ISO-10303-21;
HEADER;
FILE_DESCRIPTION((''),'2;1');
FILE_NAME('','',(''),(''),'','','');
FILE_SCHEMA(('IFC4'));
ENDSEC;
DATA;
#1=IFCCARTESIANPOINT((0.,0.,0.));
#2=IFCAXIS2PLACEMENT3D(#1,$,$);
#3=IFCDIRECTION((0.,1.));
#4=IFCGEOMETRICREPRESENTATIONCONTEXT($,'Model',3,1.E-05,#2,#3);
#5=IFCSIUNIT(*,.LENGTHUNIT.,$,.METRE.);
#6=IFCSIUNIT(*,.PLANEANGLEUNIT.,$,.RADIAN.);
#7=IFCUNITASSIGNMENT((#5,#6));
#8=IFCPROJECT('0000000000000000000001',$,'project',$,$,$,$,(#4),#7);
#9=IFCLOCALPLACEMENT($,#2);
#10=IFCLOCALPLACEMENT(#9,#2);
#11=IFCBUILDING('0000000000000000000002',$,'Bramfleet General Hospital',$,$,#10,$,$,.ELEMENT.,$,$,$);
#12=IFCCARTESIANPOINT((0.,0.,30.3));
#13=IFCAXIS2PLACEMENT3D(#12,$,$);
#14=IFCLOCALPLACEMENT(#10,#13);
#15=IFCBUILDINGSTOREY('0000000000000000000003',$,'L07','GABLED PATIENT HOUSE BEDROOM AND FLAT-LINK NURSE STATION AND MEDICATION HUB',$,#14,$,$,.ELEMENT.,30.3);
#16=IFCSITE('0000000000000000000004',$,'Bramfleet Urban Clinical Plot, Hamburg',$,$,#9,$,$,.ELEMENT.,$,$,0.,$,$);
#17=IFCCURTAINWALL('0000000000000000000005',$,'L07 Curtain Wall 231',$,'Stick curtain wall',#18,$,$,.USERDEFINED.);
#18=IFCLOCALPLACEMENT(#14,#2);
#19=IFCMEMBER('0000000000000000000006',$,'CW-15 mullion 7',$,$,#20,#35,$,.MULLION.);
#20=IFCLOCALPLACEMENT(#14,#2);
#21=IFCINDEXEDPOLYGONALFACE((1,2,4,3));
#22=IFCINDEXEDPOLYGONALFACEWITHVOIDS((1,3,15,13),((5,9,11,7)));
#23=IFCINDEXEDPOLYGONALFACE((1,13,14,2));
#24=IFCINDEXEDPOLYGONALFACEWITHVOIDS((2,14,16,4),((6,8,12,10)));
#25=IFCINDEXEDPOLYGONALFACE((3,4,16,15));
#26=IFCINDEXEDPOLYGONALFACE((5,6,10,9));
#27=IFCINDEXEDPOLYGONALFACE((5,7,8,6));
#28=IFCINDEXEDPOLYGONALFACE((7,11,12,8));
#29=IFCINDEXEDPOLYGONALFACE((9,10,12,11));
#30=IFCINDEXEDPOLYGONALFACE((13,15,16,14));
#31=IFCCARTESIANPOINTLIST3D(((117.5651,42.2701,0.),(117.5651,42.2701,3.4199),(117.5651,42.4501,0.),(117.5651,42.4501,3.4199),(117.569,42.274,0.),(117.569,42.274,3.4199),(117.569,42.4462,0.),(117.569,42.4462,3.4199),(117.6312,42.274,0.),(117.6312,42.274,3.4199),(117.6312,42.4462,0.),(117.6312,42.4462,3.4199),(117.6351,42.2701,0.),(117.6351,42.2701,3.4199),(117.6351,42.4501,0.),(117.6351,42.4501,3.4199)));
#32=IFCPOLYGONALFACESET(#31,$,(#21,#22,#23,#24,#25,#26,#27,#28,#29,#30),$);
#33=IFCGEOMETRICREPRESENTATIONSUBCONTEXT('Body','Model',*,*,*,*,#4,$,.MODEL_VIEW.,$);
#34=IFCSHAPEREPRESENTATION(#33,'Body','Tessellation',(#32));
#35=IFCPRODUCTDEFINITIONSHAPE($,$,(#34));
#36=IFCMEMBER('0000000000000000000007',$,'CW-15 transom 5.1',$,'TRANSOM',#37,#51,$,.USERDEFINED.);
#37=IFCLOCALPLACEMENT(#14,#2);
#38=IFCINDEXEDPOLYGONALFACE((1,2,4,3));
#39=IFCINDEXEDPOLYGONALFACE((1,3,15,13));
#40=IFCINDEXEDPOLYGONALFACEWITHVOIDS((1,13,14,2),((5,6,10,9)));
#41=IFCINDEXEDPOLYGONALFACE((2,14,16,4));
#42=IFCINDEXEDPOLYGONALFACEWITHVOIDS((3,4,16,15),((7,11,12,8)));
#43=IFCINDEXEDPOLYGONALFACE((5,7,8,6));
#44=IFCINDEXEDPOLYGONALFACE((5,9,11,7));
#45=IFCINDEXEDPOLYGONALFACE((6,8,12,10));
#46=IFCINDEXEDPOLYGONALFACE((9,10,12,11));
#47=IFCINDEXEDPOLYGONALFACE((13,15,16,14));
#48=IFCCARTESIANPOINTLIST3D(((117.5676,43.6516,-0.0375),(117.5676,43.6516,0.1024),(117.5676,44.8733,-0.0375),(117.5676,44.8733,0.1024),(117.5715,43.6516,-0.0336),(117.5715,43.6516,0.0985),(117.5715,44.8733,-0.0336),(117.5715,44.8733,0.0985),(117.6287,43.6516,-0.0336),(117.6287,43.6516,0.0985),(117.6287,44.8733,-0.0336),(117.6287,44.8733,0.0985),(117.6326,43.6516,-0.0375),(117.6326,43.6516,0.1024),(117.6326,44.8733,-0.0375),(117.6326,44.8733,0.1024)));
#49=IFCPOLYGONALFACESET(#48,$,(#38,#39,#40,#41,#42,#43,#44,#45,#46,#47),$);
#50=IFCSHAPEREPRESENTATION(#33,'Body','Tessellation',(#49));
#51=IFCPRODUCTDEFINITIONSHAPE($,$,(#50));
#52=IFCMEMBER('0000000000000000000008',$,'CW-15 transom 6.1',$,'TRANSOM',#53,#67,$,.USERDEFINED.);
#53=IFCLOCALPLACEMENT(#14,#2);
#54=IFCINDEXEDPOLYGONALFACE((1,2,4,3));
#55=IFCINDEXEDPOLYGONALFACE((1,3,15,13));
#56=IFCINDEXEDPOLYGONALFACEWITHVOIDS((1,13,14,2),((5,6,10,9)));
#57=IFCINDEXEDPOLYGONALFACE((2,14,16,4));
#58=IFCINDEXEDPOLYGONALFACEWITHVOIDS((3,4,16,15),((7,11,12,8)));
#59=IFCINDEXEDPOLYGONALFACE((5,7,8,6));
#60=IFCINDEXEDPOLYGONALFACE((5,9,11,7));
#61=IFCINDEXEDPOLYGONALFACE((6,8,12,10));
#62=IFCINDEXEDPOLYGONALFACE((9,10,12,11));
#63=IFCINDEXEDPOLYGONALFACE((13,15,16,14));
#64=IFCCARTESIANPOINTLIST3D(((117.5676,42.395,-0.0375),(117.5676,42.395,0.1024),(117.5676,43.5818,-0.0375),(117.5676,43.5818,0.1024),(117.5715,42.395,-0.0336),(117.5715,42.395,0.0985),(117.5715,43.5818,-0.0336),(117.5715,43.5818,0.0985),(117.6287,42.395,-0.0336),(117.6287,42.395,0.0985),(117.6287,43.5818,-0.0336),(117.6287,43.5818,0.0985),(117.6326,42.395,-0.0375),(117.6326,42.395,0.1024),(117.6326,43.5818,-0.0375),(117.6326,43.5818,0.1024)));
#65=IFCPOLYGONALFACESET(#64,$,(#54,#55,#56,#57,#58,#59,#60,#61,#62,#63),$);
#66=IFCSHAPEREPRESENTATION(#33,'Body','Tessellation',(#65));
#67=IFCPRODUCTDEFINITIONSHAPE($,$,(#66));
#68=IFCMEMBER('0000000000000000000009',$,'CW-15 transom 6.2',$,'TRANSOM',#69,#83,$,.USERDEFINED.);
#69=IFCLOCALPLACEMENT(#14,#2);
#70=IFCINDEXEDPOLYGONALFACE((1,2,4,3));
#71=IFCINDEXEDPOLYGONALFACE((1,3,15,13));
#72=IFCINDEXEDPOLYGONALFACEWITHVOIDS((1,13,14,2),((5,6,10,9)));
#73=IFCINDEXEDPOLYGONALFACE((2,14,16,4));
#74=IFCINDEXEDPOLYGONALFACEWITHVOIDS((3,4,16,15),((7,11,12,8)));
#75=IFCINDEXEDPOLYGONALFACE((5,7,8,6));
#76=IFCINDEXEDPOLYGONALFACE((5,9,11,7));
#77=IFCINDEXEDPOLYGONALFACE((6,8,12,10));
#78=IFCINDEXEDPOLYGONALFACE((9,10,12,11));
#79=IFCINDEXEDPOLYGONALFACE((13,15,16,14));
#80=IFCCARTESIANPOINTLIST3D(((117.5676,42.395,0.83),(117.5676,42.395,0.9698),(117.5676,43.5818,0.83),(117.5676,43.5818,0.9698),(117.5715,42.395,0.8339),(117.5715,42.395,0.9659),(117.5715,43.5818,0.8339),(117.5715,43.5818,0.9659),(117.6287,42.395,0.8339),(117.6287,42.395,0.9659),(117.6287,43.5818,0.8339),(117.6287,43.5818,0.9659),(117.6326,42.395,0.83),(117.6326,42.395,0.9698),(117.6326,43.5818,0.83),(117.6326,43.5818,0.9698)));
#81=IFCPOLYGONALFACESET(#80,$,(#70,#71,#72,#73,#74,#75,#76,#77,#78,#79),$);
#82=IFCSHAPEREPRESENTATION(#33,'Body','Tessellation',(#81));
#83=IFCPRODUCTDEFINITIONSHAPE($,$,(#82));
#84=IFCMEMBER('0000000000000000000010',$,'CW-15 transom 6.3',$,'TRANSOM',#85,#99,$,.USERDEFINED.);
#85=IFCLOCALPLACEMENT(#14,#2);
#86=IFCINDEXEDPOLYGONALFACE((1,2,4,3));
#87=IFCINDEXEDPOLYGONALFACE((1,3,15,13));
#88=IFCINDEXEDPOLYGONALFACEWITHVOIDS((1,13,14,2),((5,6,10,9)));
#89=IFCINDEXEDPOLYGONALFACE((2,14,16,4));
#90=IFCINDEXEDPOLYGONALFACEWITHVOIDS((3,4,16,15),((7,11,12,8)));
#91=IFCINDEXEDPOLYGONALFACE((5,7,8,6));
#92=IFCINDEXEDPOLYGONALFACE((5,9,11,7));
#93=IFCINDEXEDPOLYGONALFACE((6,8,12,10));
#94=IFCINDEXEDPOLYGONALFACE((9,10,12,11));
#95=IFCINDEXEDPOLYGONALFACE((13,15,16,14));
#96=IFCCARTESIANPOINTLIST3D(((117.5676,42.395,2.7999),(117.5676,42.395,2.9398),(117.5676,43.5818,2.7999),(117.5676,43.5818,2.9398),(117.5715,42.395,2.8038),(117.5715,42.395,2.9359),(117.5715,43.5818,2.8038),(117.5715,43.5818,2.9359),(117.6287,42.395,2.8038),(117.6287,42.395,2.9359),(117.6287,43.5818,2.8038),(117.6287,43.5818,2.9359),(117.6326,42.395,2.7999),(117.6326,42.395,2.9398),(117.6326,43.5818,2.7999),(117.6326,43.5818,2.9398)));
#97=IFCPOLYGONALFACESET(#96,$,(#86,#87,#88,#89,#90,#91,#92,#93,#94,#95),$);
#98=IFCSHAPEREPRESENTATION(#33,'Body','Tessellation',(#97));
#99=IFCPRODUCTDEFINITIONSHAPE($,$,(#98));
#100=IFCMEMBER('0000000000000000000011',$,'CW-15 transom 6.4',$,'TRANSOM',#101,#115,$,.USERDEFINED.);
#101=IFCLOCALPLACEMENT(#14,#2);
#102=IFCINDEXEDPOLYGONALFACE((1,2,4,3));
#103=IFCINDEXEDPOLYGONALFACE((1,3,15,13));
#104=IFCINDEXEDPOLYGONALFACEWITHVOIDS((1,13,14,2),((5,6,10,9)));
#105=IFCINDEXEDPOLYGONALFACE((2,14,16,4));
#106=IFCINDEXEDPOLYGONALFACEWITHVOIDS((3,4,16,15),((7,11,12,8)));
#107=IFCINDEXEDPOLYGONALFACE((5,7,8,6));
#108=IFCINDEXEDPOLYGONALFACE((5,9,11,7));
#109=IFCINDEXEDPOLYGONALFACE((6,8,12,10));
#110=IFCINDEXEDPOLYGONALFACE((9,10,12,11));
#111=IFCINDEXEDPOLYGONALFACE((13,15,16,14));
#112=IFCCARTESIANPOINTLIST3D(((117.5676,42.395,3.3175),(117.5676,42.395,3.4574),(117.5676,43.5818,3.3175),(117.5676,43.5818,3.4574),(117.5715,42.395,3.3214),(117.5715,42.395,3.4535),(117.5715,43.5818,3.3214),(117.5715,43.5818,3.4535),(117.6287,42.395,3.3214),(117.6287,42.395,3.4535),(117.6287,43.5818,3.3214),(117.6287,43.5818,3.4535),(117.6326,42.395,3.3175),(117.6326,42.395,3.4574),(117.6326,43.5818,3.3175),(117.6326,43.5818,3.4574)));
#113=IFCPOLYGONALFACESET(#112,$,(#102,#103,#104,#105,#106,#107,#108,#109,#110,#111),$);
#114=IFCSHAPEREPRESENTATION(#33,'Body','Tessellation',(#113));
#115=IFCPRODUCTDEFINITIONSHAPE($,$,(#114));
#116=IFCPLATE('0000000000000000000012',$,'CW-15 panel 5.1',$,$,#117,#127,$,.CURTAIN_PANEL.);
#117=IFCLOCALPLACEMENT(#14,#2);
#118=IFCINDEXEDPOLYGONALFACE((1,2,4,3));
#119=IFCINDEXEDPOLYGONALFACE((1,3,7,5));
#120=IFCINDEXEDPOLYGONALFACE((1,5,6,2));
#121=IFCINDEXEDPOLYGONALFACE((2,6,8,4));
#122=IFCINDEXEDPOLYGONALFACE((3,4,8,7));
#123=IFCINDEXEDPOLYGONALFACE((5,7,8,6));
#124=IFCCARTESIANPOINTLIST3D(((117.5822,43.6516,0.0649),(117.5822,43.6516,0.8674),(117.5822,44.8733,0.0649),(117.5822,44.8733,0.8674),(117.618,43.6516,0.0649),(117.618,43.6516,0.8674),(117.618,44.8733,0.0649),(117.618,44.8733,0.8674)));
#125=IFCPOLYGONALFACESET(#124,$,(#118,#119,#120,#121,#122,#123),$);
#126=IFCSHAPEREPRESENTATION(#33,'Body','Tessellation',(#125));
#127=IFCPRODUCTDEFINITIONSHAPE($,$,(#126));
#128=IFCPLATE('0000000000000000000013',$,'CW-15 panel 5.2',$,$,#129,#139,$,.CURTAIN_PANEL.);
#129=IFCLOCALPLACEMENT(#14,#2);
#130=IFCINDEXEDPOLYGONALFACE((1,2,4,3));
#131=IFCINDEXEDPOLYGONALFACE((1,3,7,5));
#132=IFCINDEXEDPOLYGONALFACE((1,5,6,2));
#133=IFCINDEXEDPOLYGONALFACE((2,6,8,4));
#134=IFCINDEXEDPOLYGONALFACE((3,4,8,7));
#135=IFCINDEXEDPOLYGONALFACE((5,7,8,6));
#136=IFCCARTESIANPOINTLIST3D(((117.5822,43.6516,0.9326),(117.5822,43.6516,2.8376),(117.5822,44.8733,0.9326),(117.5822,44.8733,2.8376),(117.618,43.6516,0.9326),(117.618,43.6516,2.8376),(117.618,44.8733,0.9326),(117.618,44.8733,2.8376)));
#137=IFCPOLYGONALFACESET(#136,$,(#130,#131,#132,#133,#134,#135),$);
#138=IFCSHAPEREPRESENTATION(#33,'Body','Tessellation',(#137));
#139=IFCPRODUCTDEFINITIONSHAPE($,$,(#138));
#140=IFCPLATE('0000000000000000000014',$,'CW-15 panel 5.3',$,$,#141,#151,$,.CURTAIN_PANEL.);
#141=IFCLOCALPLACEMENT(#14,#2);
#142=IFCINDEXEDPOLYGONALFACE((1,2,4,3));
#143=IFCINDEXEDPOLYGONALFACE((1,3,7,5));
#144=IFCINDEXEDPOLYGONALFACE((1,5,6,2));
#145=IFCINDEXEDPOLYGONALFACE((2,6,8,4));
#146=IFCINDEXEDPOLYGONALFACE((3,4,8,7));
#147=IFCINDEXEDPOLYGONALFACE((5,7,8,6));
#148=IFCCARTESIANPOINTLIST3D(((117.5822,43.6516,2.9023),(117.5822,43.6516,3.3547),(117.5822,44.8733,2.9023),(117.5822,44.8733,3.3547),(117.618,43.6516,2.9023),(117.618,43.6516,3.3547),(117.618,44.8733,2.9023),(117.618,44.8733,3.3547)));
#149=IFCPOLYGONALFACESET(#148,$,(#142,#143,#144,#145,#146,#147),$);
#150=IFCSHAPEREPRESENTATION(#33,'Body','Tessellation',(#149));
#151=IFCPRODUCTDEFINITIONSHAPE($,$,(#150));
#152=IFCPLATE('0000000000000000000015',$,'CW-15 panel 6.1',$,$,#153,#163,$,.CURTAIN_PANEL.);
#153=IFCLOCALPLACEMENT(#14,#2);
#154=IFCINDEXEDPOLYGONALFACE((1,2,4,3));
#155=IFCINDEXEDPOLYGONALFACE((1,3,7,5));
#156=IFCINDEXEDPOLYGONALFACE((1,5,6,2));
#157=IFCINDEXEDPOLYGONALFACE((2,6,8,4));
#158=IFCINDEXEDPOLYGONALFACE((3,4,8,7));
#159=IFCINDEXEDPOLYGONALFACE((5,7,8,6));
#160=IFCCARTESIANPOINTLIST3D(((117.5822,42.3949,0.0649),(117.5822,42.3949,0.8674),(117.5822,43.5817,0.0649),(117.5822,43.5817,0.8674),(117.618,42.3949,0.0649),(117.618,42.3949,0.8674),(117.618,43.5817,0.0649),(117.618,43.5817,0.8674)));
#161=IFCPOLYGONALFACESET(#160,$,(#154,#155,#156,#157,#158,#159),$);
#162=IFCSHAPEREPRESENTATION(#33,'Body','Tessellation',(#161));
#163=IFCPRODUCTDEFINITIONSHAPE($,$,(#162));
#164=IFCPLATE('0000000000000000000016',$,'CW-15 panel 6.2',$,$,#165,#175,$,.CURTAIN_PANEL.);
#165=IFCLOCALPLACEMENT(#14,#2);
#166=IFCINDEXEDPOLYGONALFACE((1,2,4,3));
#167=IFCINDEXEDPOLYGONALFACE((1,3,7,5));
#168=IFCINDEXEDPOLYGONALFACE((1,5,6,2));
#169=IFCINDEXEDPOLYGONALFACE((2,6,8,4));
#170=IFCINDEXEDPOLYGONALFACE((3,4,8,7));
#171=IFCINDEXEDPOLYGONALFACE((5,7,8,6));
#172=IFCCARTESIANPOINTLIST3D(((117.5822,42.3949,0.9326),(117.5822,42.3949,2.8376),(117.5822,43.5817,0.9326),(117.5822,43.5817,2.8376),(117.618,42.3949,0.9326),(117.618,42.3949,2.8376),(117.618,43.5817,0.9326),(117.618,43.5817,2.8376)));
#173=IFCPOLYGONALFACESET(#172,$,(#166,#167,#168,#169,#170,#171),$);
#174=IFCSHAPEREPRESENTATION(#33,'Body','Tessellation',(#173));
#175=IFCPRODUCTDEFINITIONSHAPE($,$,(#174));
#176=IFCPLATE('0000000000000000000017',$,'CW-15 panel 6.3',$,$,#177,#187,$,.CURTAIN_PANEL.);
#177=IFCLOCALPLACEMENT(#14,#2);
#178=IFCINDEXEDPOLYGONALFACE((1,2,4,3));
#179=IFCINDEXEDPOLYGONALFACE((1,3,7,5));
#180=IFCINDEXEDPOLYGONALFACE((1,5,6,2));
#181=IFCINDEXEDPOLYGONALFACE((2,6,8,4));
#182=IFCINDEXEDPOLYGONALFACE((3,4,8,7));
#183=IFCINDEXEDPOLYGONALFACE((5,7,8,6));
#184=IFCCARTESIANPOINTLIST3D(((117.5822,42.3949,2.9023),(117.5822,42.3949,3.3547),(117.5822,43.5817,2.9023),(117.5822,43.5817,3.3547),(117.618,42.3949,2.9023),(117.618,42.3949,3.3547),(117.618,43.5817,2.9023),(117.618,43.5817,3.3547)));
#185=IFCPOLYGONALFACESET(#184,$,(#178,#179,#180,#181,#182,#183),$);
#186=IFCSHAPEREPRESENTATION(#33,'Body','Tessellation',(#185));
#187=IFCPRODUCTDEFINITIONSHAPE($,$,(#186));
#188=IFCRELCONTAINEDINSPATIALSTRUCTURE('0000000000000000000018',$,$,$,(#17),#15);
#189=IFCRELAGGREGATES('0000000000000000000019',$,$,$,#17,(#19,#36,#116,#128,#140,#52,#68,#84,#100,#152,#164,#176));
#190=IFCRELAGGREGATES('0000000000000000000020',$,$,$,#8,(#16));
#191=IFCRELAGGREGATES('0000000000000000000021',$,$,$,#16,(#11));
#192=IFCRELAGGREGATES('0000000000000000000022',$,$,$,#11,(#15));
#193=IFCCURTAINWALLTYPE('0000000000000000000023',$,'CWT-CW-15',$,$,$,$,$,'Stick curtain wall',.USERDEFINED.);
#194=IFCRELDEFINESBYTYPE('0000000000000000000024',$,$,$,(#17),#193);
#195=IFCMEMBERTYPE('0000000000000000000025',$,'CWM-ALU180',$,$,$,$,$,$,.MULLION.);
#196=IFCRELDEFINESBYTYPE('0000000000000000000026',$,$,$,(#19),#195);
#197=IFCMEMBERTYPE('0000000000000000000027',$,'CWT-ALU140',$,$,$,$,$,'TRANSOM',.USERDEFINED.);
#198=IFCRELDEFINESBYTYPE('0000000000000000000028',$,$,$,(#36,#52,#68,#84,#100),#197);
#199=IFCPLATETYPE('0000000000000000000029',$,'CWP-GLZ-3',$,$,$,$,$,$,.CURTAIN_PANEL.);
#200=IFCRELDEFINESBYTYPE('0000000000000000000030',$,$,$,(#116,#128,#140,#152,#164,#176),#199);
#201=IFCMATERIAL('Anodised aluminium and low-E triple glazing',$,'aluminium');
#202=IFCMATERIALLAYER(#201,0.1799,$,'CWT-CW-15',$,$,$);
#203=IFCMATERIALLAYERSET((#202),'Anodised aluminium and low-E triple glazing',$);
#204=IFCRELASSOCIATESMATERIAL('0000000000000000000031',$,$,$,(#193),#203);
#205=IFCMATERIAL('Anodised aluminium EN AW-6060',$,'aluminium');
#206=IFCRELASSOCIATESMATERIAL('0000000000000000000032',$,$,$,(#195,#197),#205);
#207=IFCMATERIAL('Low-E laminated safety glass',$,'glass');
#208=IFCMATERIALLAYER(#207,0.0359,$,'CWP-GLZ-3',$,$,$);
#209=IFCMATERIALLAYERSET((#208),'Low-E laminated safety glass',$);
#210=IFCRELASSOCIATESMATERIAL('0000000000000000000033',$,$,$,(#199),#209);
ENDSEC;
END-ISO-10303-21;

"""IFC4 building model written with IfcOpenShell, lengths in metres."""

from ifc_helpers import new_model, si_unit, direction, frame, origin, origin_2d, place, context, subcontext, project, spatial, rectangle, hollow_rectangle, extrude, material, layer, layer_set, material_profile, profile_set, type_object, element, aggregate, save


model = new_model("IFC4")

# Units and contexts
model_context = context("Model", 3, precision=1e-05, world=origin(), true_north=direction((0.0, 1.0)))
body_context = subcontext(model_context, "Body", "Model", "MODEL_VIEW")
ifc_project = project(units=[si_unit("LENGTHUNIT", "METRE"), si_unit("PLANEANGLEUNIT", "RADIAN")], contexts=[model_context])

# Site, building, storey
site_placement = place(None, origin())
site = spatial("IfcSite", under=ifc_project, at=site_placement, Name="Bramfleet Urban Clinical Plot, Hamburg", CompositionType="ELEMENT", RefElevation=0.0)
building_placement = place(site_placement, origin())
building = spatial("IfcBuilding", under=site, at=building_placement, Name="Bramfleet General Hospital", CompositionType="ELEMENT")
storey_placement = place(building_placement, frame((0.0, 0.0, 30.3)))
storey = spatial("IfcBuildingStorey", under=building, at=storey_placement, Name="L07", Description="GABLED PATIENT HOUSE BEDROOM AND FLAT-LINK NURSE STATION AND MEDICATION HUB", CompositionType="ELEMENT", Elevation=30.3)

# Curtain wall, members, plates
ifc_material_1 = material(Name="Anodised aluminium and low-E triple glazing", Category="aluminium")
ifc_layer_1 = layer(ifc_material_1, 0.1799, Name="CWT-CW-15")
ifc_layer_set_1 = layer_set([ifc_layer_1], Name="Anodised aluminium and low-E triple glazing")
curtain_wall_type = type_object("IfcCurtainWallType", Name="CWT-CW-15", ElementType="Stick curtain wall", PredefinedType="USERDEFINED", material=ifc_layer_set_1)
curtain_wall_placement = place(storey_placement, origin())
curtain_wall = element("IfcCurtainWall", 1, at=curtain_wall_placement, inside=storey, type_object=curtain_wall_type, Name="L07 Curtain Wall 231", ObjectType="Stick curtain wall", PredefinedType="USERDEFINED")
ifc_material_2 = material(Name="Anodised aluminium EN AW-6060", Category="aluminium")
ifc_material_profile_1 = material_profile(ifc_material_2, hollow_rectangle(XDim=0.0701, YDim=0.1799, WallThickness=0.0039, at=origin_2d()), Name="ALU 180x70x4.0")
ifc_profile_set_1 = profile_set([ifc_material_profile_1], Name="Anodised aluminium EN AW-6060")
member_type_1 = type_object("IfcMemberType", Name="CWM-ALU180", PredefinedType="MULLION", material=ifc_profile_set_1)
member_1_placement = place(storey_placement, frame((117.6001, 42.3601, 0.0), z_axis=(0.0, 0.0, 1.0), x_axis=(1.0, 0.0, 0.0)))
member_1 = element("IfcMember", 2, at=member_1_placement, type_object=member_type_1, Name="CW-15 mullion 7", PredefinedType="MULLION", context=body_context, shape_type="SweptSolid", body=[
    extrude(hollow_rectangle(XDim=0.0701, YDim=0.1799, WallThickness=0.0039, at=origin_2d()), origin(), (0.0, 0.0, 1.0), 3.4199),
])
ifc_material_profile_2 = material_profile(ifc_material_2, hollow_rectangle(XDim=0.0649, YDim=0.1399, WallThickness=0.0039, at=origin_2d()), Name="ALU 140x65x4.0")
ifc_profile_set_2 = profile_set([ifc_material_profile_2], Name="Anodised aluminium EN AW-6060")
member_type_2 = type_object("IfcMemberType", Name="CWT-ALU140", ElementType="TRANSOM", PredefinedType="USERDEFINED", material=ifc_profile_set_2)
member_2_placement = place(storey_placement, frame((117.6001, 44.8733, 0.0325), z_axis=(0.0, -1.0, 0.0), x_axis=(1.0, 0.0, 0.0)))
member_2 = element("IfcMember", 3, at=member_2_placement, type_object=member_type_2, Name="CW-15 transom 5.1", ObjectType="TRANSOM", PredefinedType="USERDEFINED", context=body_context, shape_type="SweptSolid", body=[
    extrude(hollow_rectangle(XDim=0.0649, YDim=0.1399, WallThickness=0.0039, at=origin_2d()), origin(), (0.0, 0.0, 1.0), 1.2217),
])
member_3_placement = place(storey_placement, frame((117.6001, 43.5818, 0.0325), z_axis=(0.0, -1.0, 0.0), x_axis=(1.0, 0.0, 0.0)))
member_3 = element("IfcMember", 4, at=member_3_placement, type_object=member_type_2, Name="CW-15 transom 6.1", ObjectType="TRANSOM", PredefinedType="USERDEFINED", context=body_context, shape_type="SweptSolid", body=[
    extrude(hollow_rectangle(XDim=0.0649, YDim=0.1399, WallThickness=0.0039, at=origin_2d()), origin(), (0.0, 0.0, 1.0), 1.1868),
])
member_4_placement = place(storey_placement, frame((117.6001, 43.5818, 0.8999), z_axis=(0.0, -1.0, 0.0), x_axis=(1.0, 0.0, 0.0)))
member_4 = element("IfcMember", 5, at=member_4_placement, type_object=member_type_2, Name="CW-15 transom 6.2", ObjectType="TRANSOM", PredefinedType="USERDEFINED", context=body_context, shape_type="SweptSolid", body=[
    extrude(hollow_rectangle(XDim=0.0649, YDim=0.1399, WallThickness=0.0039, at=origin_2d()), origin(), (0.0, 0.0, 1.0), 1.1868),
])
member_5_placement = place(storey_placement, frame((117.6001, 43.5818, 2.8699), z_axis=(0.0, -1.0, 0.0), x_axis=(1.0, 0.0, 0.0)))
member_5 = element("IfcMember", 6, at=member_5_placement, type_object=member_type_2, Name="CW-15 transom 6.3", ObjectType="TRANSOM", PredefinedType="USERDEFINED", context=body_context, shape_type="SweptSolid", body=[
    extrude(hollow_rectangle(XDim=0.0649, YDim=0.1399, WallThickness=0.0039, at=origin_2d()), origin(), (0.0, 0.0, 1.0), 1.1868),
])
member_6_placement = place(storey_placement, frame((117.6001, 43.5818, 3.3875), z_axis=(0.0, -1.0, 0.0), x_axis=(1.0, 0.0, 0.0)))
member_6 = element("IfcMember", 7, at=member_6_placement, type_object=member_type_2, Name="CW-15 transom 6.4", ObjectType="TRANSOM", PredefinedType="USERDEFINED", context=body_context, shape_type="SweptSolid", body=[
    extrude(hollow_rectangle(XDim=0.0649, YDim=0.1399, WallThickness=0.0039, at=origin_2d()), origin(), (0.0, 0.0, 1.0), 1.1868),
])
ifc_material_3 = material(Name="Low-E laminated safety glass", Category="glass")
ifc_layer_2 = layer(ifc_material_3, 0.0359, Name="CWP-GLZ-3")
ifc_layer_set_2 = layer_set([ifc_layer_2], Name="Low-E laminated safety glass")
plate_type = type_object("IfcPlateType", Name="CWP-GLZ-3", PredefinedType="CURTAIN_PANEL", material=ifc_layer_set_2)
plate_1_placement = place(storey_placement, frame((117.6001, 44.2625, 0.0649), z_axis=(0.0, 0.0, 1.0), x_axis=(0.0, -1.0, 0.0)))
plate_1 = element("IfcPlate", 8, at=plate_1_placement, type_object=plate_type, Name="CW-15 panel 5.1", PredefinedType="CURTAIN_PANEL", context=body_context, shape_type="SweptSolid", body=[
    extrude(rectangle(XDim=1.2217, YDim=0.0359, at=origin_2d()), origin(), (0.0, 0.0, 1.0), 0.8025),
])
plate_2_placement = place(storey_placement, frame((117.6001, 44.2625, 0.9326), z_axis=(0.0, 0.0, 1.0), x_axis=(0.0, -1.0, 0.0)))
plate_2 = element("IfcPlate", 9, at=plate_2_placement, type_object=plate_type, Name="CW-15 panel 5.2", PredefinedType="CURTAIN_PANEL", context=body_context, shape_type="SweptSolid", body=[
    extrude(rectangle(XDim=1.2217, YDim=0.0359, at=origin_2d()), origin(), (0.0, 0.0, 1.0), 1.905),
])
plate_3_placement = place(storey_placement, frame((117.6001, 44.2625, 2.9023), z_axis=(0.0, 0.0, 1.0), x_axis=(0.0, -1.0, 0.0)))
plate_3 = element("IfcPlate", 10, at=plate_3_placement, type_object=plate_type, Name="CW-15 panel 5.3", PredefinedType="CURTAIN_PANEL", context=body_context, shape_type="SweptSolid", body=[
    extrude(rectangle(XDim=1.2217, YDim=0.0359, at=origin_2d()), origin(), (0.0, 0.0, 1.0), 0.4524),
])
plate_4_placement = place(storey_placement, frame((117.6001, 42.9883, 0.0649), z_axis=(0.0, 0.0, 1.0), x_axis=(0.0, -1.0, 0.0)))
plate_4 = element("IfcPlate", 11, at=plate_4_placement, type_object=plate_type, Name="CW-15 panel 6.1", PredefinedType="CURTAIN_PANEL", context=body_context, shape_type="SweptSolid", body=[
    extrude(rectangle(XDim=1.1868, YDim=0.0359, at=origin_2d()), origin(), (0.0, 0.0, 1.0), 0.8025),
])
plate_5_placement = place(storey_placement, frame((117.6001, 42.9883, 0.9326), z_axis=(0.0, 0.0, 1.0), x_axis=(0.0, -1.0, 0.0)))
plate_5 = element("IfcPlate", 12, at=plate_5_placement, type_object=plate_type, Name="CW-15 panel 6.2", PredefinedType="CURTAIN_PANEL", context=body_context, shape_type="SweptSolid", body=[
    extrude(rectangle(XDim=1.1868, YDim=0.0359, at=origin_2d()), origin(), (0.0, 0.0, 1.0), 1.905),
])
plate_6_placement = place(storey_placement, frame((117.6001, 42.9883, 2.9023), z_axis=(0.0, 0.0, 1.0), x_axis=(0.0, -1.0, 0.0)))
plate_6 = element("IfcPlate", 13, at=plate_6_placement, type_object=plate_type, Name="CW-15 panel 6.3", PredefinedType="CURTAIN_PANEL", context=body_context, shape_type="SweptSolid", body=[
    extrude(rectangle(XDim=1.1868, YDim=0.0359, at=origin_2d()), origin(), (0.0, 0.0, 1.0), 0.4524),
])
aggregate(curtain_wall, [member_1, member_2, plate_1, plate_2, plate_3, member_3, member_4, member_5, member_6, plate_4, plate_5, plate_6])

save(model, "model.ifc")
